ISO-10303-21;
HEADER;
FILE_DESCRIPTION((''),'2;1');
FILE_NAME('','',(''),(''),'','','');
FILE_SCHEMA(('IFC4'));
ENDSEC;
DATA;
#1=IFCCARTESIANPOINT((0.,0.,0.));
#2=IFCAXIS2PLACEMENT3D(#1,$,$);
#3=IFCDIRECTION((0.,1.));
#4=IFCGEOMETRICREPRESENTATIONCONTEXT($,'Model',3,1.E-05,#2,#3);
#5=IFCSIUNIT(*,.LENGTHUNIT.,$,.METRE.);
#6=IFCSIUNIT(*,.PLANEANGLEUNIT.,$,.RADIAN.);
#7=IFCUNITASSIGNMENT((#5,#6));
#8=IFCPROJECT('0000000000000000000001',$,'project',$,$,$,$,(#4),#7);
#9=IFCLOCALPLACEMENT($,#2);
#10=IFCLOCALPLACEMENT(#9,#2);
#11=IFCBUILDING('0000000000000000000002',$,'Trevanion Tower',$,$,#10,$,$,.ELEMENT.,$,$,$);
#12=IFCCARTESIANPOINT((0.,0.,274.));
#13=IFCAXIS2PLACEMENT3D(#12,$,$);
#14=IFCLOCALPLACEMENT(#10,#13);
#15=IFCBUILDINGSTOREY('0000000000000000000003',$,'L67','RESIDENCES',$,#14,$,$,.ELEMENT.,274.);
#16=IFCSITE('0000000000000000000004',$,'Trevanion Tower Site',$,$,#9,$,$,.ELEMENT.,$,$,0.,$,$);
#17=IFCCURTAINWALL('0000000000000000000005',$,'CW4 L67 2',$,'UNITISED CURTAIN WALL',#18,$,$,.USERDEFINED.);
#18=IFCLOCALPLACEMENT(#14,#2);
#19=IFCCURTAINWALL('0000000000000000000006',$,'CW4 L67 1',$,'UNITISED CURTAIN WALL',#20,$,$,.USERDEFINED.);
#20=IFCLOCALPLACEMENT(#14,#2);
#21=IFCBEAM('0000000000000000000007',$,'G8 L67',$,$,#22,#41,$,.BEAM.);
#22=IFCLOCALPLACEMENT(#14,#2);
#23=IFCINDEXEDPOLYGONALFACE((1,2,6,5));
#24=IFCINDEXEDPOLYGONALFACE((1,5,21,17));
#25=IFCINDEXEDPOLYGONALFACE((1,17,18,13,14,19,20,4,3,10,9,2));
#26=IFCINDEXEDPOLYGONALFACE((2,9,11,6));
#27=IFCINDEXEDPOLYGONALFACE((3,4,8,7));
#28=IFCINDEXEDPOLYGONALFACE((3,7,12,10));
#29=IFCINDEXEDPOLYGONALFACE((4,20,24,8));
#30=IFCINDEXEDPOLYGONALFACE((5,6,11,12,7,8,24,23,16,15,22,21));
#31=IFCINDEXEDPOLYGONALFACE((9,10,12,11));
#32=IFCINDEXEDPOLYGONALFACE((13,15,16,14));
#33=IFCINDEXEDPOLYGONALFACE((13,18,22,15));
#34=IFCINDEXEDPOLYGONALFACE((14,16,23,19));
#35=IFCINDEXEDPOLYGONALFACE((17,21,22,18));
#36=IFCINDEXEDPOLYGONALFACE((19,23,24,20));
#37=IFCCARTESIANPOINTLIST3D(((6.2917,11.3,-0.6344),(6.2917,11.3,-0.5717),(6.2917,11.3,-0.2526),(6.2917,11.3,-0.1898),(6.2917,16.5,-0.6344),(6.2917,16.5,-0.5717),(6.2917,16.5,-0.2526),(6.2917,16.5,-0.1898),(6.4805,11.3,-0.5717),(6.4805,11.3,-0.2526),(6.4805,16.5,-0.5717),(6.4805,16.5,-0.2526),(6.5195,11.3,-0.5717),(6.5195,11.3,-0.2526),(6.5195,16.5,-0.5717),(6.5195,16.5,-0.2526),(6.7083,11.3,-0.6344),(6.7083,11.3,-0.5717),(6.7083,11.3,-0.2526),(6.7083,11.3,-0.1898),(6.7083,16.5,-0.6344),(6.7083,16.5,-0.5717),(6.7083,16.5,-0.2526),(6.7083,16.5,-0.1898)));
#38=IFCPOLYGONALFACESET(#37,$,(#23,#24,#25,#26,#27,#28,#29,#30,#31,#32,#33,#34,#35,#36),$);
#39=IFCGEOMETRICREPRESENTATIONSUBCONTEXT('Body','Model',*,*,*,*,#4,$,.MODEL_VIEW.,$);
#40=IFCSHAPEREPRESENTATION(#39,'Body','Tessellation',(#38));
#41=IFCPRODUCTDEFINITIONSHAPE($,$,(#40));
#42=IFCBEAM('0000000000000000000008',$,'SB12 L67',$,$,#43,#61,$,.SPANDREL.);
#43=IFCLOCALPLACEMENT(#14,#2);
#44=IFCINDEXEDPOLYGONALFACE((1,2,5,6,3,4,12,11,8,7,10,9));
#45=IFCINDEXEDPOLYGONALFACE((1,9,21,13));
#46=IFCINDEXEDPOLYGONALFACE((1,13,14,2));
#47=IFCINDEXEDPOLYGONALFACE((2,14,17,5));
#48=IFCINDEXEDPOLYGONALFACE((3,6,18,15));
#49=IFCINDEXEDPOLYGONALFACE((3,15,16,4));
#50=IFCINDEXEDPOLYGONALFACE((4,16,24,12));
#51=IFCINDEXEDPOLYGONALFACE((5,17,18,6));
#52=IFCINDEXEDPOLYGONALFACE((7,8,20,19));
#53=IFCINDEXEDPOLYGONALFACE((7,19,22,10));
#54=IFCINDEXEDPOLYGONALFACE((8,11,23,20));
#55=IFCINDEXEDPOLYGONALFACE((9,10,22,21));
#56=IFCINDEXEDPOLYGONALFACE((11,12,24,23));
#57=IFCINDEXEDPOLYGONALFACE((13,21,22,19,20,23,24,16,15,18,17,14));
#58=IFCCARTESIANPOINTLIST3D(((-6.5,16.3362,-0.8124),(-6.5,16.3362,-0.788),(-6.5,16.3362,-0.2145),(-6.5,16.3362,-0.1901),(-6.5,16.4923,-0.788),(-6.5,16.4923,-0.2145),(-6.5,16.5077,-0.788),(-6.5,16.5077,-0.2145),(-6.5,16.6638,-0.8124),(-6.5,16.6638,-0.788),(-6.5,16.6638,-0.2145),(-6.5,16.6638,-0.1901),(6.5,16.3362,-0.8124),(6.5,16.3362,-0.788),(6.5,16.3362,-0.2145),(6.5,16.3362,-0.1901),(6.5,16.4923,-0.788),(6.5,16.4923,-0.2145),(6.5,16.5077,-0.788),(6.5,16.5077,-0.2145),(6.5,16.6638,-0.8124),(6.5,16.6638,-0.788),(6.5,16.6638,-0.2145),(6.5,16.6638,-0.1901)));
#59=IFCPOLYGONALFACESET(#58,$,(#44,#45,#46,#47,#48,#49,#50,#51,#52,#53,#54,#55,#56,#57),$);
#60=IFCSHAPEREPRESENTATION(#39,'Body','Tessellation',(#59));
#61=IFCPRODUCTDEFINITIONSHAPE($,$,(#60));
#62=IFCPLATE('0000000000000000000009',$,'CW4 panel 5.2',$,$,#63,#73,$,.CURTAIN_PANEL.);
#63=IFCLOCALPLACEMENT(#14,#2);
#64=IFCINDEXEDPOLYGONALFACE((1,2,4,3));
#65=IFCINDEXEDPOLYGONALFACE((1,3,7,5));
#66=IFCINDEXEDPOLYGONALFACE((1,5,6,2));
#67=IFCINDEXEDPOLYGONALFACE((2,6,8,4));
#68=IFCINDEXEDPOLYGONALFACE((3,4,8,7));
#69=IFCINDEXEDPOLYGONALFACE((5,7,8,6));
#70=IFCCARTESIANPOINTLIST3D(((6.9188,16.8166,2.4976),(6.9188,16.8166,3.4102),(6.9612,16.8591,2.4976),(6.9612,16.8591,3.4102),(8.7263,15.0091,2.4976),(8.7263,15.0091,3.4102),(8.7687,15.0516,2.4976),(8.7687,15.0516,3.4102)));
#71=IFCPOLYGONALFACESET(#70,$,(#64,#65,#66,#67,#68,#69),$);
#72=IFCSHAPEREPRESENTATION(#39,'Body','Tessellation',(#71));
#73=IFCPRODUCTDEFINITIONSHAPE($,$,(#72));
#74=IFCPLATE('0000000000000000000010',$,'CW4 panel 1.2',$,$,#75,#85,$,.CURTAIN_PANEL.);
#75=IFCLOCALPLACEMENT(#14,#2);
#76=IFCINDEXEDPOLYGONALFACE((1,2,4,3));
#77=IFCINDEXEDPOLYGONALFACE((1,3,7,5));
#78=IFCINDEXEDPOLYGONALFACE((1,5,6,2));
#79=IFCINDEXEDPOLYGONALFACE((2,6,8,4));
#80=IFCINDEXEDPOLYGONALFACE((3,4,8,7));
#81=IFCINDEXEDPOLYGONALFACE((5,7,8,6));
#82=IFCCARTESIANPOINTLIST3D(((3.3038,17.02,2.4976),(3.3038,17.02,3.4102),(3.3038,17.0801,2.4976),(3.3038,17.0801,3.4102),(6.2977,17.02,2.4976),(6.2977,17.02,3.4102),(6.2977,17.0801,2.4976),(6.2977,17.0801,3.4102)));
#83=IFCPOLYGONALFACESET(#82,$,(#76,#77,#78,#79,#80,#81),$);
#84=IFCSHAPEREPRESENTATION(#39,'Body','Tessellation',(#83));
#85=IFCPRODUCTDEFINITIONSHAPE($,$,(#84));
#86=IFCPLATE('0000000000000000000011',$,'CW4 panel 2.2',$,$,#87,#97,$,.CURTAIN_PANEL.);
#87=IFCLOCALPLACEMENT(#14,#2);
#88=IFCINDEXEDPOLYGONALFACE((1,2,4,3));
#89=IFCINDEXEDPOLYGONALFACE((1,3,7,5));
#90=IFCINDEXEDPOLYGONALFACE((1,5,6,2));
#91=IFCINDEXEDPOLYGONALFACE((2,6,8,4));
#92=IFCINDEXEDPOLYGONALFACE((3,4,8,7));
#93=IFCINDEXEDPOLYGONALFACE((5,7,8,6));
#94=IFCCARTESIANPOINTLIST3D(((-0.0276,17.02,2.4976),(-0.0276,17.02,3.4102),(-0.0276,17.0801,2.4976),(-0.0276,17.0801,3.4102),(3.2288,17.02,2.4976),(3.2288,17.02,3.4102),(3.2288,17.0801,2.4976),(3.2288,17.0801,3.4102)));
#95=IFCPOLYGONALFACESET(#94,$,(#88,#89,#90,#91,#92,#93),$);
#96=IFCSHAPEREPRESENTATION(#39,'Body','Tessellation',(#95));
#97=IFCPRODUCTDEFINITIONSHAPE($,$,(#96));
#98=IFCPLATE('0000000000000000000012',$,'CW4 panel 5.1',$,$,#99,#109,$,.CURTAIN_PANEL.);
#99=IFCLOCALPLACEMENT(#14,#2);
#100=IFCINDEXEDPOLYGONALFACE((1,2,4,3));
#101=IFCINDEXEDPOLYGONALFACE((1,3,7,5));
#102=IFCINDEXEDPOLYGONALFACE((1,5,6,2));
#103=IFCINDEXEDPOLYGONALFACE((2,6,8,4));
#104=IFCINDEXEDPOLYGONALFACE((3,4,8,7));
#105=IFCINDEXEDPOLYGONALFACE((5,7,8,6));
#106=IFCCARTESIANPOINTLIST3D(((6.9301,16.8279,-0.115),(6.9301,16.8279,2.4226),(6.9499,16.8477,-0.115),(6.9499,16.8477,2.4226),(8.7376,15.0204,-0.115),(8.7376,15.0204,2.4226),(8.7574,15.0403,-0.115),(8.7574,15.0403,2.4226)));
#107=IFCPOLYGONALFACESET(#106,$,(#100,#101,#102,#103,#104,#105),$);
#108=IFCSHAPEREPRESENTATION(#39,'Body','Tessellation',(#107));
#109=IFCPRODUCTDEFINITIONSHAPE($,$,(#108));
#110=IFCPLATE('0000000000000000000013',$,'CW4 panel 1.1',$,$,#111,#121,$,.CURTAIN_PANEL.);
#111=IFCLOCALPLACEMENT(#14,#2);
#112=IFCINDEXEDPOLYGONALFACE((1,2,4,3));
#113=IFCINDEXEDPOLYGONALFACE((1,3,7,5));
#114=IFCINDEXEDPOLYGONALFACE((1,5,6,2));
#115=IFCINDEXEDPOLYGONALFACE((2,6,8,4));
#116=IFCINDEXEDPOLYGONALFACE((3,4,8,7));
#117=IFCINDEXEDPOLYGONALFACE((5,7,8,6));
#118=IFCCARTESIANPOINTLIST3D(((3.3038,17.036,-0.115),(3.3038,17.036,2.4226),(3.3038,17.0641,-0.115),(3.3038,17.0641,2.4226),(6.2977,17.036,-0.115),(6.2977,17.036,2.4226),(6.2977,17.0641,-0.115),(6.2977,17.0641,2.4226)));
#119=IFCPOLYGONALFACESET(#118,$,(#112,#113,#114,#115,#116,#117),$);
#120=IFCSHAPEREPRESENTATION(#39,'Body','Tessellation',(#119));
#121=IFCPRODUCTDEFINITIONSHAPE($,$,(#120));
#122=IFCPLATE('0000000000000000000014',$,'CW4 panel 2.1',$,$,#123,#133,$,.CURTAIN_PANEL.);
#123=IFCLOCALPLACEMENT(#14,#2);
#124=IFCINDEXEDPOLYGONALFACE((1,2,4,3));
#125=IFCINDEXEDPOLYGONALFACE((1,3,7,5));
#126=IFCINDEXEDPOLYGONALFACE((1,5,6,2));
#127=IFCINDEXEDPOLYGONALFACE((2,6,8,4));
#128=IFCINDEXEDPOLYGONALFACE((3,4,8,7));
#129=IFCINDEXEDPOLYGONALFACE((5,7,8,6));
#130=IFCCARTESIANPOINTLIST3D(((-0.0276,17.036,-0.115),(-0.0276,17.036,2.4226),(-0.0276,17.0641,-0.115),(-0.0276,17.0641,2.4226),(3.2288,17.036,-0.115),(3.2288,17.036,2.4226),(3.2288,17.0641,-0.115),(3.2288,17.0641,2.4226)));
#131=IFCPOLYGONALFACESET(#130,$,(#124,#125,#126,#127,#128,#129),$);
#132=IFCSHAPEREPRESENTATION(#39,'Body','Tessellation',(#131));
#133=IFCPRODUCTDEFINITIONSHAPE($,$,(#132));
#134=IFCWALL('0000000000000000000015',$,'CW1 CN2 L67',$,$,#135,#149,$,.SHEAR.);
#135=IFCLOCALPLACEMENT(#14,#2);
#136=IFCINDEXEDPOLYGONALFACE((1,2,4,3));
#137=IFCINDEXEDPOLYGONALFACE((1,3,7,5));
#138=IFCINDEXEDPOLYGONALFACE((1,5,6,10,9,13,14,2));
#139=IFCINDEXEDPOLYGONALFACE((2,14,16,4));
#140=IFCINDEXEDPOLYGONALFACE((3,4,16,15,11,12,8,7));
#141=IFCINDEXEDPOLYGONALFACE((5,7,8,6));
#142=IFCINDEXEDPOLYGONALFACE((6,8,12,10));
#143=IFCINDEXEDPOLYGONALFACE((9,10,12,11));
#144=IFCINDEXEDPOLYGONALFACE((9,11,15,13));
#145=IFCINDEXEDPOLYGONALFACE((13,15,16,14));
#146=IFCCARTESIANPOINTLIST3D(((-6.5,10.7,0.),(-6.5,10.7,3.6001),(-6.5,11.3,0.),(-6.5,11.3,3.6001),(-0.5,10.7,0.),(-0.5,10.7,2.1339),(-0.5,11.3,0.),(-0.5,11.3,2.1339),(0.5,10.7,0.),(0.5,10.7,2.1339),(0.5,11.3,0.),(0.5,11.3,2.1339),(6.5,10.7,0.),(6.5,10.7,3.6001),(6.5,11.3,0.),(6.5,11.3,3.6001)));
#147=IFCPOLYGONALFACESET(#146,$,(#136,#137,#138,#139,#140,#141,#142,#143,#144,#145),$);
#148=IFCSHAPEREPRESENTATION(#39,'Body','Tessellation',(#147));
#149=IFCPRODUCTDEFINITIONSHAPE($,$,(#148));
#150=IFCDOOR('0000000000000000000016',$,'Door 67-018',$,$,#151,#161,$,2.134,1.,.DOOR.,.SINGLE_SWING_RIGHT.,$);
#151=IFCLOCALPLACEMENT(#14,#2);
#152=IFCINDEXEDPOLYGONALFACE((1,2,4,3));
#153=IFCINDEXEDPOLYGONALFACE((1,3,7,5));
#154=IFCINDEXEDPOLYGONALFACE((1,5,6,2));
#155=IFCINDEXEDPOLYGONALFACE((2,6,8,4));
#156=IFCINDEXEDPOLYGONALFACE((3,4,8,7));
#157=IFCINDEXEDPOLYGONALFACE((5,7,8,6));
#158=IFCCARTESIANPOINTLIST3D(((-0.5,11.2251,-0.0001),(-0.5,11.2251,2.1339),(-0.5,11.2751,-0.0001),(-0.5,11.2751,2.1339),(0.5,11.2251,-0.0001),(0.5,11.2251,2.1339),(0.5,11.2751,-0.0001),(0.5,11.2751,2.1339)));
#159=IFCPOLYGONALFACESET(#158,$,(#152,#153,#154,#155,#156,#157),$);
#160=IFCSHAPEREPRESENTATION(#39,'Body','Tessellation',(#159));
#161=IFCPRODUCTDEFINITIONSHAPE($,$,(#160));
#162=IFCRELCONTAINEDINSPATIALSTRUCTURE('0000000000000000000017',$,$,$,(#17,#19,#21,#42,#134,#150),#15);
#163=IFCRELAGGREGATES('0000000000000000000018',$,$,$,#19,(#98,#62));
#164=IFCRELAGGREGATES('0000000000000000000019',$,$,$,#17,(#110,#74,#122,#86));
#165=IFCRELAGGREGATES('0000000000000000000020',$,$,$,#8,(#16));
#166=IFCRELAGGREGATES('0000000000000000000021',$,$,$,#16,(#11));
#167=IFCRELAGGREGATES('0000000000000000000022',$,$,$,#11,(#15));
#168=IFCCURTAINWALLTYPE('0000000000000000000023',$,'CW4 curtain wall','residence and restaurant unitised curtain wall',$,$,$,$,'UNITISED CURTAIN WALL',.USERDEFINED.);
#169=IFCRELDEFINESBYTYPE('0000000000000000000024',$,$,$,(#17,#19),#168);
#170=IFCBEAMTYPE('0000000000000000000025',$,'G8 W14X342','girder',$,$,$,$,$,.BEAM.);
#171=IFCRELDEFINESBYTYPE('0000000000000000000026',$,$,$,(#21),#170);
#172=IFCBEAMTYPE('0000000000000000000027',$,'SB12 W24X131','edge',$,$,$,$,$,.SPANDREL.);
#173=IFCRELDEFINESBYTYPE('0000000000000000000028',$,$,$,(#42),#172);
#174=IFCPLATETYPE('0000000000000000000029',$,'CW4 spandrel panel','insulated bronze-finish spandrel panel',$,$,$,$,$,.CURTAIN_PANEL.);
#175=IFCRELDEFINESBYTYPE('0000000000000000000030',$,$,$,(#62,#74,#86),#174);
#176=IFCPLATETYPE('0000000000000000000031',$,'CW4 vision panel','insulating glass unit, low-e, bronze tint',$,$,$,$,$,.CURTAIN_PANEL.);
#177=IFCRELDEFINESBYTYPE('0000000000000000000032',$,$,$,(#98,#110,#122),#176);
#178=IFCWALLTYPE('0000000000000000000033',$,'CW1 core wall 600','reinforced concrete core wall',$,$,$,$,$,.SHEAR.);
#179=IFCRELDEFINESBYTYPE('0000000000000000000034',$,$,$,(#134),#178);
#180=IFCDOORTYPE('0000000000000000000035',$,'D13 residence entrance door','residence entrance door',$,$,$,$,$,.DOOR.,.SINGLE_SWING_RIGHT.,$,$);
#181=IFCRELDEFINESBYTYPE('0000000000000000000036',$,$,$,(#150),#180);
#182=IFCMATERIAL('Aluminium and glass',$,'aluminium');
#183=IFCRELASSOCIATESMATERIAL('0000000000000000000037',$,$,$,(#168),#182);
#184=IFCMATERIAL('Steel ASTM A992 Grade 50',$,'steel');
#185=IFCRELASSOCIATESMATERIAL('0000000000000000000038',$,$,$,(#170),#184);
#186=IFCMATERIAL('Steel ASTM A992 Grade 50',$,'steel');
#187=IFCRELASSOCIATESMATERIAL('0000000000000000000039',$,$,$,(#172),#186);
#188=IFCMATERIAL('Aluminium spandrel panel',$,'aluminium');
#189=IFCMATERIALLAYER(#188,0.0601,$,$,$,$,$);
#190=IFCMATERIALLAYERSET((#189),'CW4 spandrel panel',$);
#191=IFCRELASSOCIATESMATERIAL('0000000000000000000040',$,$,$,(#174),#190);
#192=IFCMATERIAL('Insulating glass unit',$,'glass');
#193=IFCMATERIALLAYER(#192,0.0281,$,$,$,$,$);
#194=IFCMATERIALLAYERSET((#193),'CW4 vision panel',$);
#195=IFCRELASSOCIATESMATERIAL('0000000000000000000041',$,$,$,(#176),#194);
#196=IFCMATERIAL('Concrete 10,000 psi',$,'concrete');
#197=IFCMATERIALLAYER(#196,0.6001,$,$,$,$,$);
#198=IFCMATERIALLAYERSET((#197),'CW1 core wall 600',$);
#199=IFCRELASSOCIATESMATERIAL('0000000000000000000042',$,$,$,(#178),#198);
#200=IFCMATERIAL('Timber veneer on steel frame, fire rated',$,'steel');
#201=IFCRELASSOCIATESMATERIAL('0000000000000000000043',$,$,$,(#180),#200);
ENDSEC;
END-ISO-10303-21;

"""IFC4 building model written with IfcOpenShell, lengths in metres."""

from ifc_helpers import new_model, si_unit, direction, frame, frame_2d, origin, origin_2d, place, context, subcontext, project, spatial, rectangle, i_section, extrude, material, layer, layer_set, material_profile, profile_set, type_object, element, fill, aggregate, save


model = new_model("IFC4")

# Units and contexts
model_context = context("Model", 3, precision=1e-05, world=origin(), true_north=direction((0.0, 1.0)))
body_context = subcontext(model_context, "Body", "Model", "MODEL_VIEW")
ifc_project = project(units=[si_unit("LENGTHUNIT", "METRE"), si_unit("PLANEANGLEUNIT", "RADIAN")], contexts=[model_context])

# Site, building, storey
site_placement = place(None, origin())
site = spatial("IfcSite", under=ifc_project, at=site_placement, Name="Trevanion Tower Site", CompositionType="ELEMENT", RefElevation=0.0)
building_placement = place(site_placement, origin())
building = spatial("IfcBuilding", under=site, at=building_placement, Name="Trevanion Tower", CompositionType="ELEMENT")
storey_placement = place(building_placement, frame((0.0, 0.0, 274.0)))
storey = spatial("IfcBuildingStorey", under=building, at=storey_placement, Name="L67", Description="RESIDENCES", CompositionType="ELEMENT", Elevation=274.0)

# Curtain walls
ifc_material_1 = material(Name="Aluminium and glass", Category="aluminium")
curtain_wall_type = type_object("IfcCurtainWallType", Name="CW4 curtain wall", Description="residence and restaurant unitised curtain wall", ElementType="UNITISED CURTAIN WALL", PredefinedType="USERDEFINED", material=ifc_material_1)
curtain_wall_1_placement = place(storey_placement, origin())
curtain_wall_1 = element("IfcCurtainWall", 1, at=curtain_wall_1_placement, inside=storey, type_object=curtain_wall_type, Name="CW4 L67 2", ObjectType="UNITISED CURTAIN WALL", PredefinedType="USERDEFINED")
curtain_wall_2_placement = place(storey_placement, origin())
curtain_wall_2 = element("IfcCurtainWall", 2, at=curtain_wall_2_placement, inside=storey, type_object=curtain_wall_type, Name="CW4 L67 1", ObjectType="UNITISED CURTAIN WALL", PredefinedType="USERDEFINED")

# Beams
ifc_material_2 = material(Name="Steel ASTM A992 Grade 50", Category="steel")
ifc_material_profile_1 = material_profile(ifc_material_2, i_section(OverallWidth=0.4165, OverallDepth=0.4446, WebThickness=0.0391, FlangeThickness=0.0627, at=origin_2d()), Name="W14X342")
ifc_profile_set_1 = profile_set([ifc_material_profile_1], Name="Steel ASTM A992 Grade 50")
beam_type_1 = type_object("IfcBeamType", Name="G8 W14X342", Description="girder", PredefinedType="BEAM", material=ifc_profile_set_1)
beam_1_placement = place(storey_placement, frame((6.5, 11.3, -0.4121), z_axis=(0.0, 1.0, 0.0), x_axis=(-1.0, 0.0, 0.0)))
element("IfcBeam", 3, at=beam_1_placement, inside=storey, type_object=beam_type_1, Name="G8 L67", PredefinedType="BEAM", context=body_context, shape_type="SweptSolid", body=[
    extrude(i_section(OverallWidth=0.4165, OverallDepth=0.4446, WebThickness=0.0391, FlangeThickness=0.0627, at=origin_2d()), origin(), (0.0, 0.0, 1.0), 5.2),
])
ifc_material_3 = material(Name="Steel ASTM A992 Grade 50", Category="steel")
ifc_material_profile_2 = material_profile(ifc_material_3, i_section(OverallWidth=0.3276, OverallDepth=0.6223, WebThickness=0.0154, FlangeThickness=0.0244, at=origin_2d()), Name="W24X131")
ifc_profile_set_2 = profile_set([ifc_material_profile_2], Name="Steel ASTM A992 Grade 50")
beam_type_2 = type_object("IfcBeamType", Name="SB12 W24X131", Description="edge", PredefinedType="SPANDREL", material=ifc_profile_set_2)
beam_2_placement = place(storey_placement, frame((6.5, 16.5, -0.5012), z_axis=(-1.0, 0.0, 0.0), x_axis=(0.0, -1.0, 0.0)))
element("IfcBeam", 4, at=beam_2_placement, inside=storey, type_object=beam_type_2, Name="SB12 L67", PredefinedType="SPANDREL", context=body_context, shape_type="SweptSolid", body=[
    extrude(i_section(OverallWidth=0.3276, OverallDepth=0.6223, WebThickness=0.0154, FlangeThickness=0.0244, at=origin_2d()), origin(), (0.0, 0.0, 1.0), 13.0),
])

# Plates
ifc_material_4 = material(Name="Aluminium spandrel panel", Category="aluminium")
ifc_layer_1 = layer(ifc_material_4, 0.0601)
ifc_layer_set_1 = layer_set([ifc_layer_1], Name="CW4 spandrel panel")
plate_type_1 = type_object("IfcPlateType", Name="CW4 spandrel panel", Description="insulated bronze-finish spandrel panel", PredefinedType="CURTAIN_PANEL", material=ifc_layer_set_1)
plate_1_placement = place(storey_placement, frame((7.8438, 15.9341, 2.4976), z_axis=(0.0, 0.0, 1.0), x_axis=(-0.707107, 0.707107, 0.0)))
plate_1 = element("IfcPlate", 5, at=plate_1_placement, type_object=plate_type_1, Name="CW4 panel 5.2", PredefinedType="CURTAIN_PANEL", context=body_context, shape_type="SweptSolid", body=[
    extrude(rectangle(XDim=2.5562, YDim=0.0601, at=origin_2d()), origin(), (0.0, 0.0, 1.0), 0.9126),
])
plate_2_placement = place(storey_placement, frame((4.8008, 17.05, 2.4976), z_axis=(0.0, 0.0, 1.0), x_axis=(-1.0, 0.0, 0.0)))
plate_2 = element("IfcPlate", 6, at=plate_2_placement, type_object=plate_type_1, Name="CW4 panel 1.2", PredefinedType="CURTAIN_PANEL", context=body_context, shape_type="SweptSolid", body=[
    extrude(rectangle(XDim=2.9939, YDim=0.0601, at=origin_2d()), origin(), (0.0, 0.0, 1.0), 0.9126),
])
plate_3_placement = place(storey_placement, frame((1.6006, 17.05, 2.4976), z_axis=(0.0, 0.0, 1.0), x_axis=(-1.0, 0.0, 0.0)))
plate_3 = element("IfcPlate", 7, at=plate_3_placement, type_object=plate_type_1, Name="CW4 panel 2.2", PredefinedType="CURTAIN_PANEL", context=body_context, shape_type="SweptSolid", body=[
    extrude(rectangle(XDim=3.2563, YDim=0.0601, at=origin_2d()), origin(), (0.0, 0.0, 1.0), 0.9126),
])
ifc_material_5 = material(Name="Insulating glass unit", Category="glass")
ifc_layer_2 = layer(ifc_material_5, 0.0281)
ifc_layer_set_2 = layer_set([ifc_layer_2], Name="CW4 vision panel")
plate_type_2 = type_object("IfcPlateType", Name="CW4 vision panel", Description="insulating glass unit, low-e, bronze tint", PredefinedType="CURTAIN_PANEL", material=ifc_layer_set_2)
plate_4_placement = place(storey_placement, frame((7.8438, 15.9341, -0.115), z_axis=(0.0, 0.0, 1.0), x_axis=(-0.707107, 0.707107, 0.0)))
plate_4 = element("IfcPlate", 8, at=plate_4_placement, type_object=plate_type_2, Name="CW4 panel 5.1", PredefinedType="CURTAIN_PANEL", context=body_context, shape_type="SweptSolid", body=[
    extrude(rectangle(XDim=2.5562, YDim=0.0281, at=origin_2d()), origin(), (0.0, 0.0, 1.0), 2.5376),
])
aggregate(curtain_wall_2, [plate_4, plate_1])
plate_5_placement = place(storey_placement, frame((4.8008, 17.05, -0.115), z_axis=(0.0, 0.0, 1.0), x_axis=(-1.0, 0.0, 0.0)))
plate_5 = element("IfcPlate", 9, at=plate_5_placement, type_object=plate_type_2, Name="CW4 panel 1.1", PredefinedType="CURTAIN_PANEL", context=body_context, shape_type="SweptSolid", body=[
    extrude(rectangle(XDim=2.9939, YDim=0.0281, at=origin_2d()), origin(), (0.0, 0.0, 1.0), 2.5376),
])
plate_6_placement = place(storey_placement, frame((1.6006, 17.05, -0.115), z_axis=(0.0, 0.0, 1.0), x_axis=(-1.0, 0.0, 0.0)))
plate_6 = element("IfcPlate", 10, at=plate_6_placement, type_object=plate_type_2, Name="CW4 panel 2.1", PredefinedType="CURTAIN_PANEL", context=body_context, shape_type="SweptSolid", body=[
    extrude(rectangle(XDim=3.2563, YDim=0.0281, at=origin_2d()), origin(), (0.0, 0.0, 1.0), 2.5376),
])
aggregate(curtain_wall_1, [plate_5, plate_2, plate_6, plate_3])

# Wall, opening, door
ifc_material_6 = material(Name="Concrete 10,000 psi", Category="concrete")
ifc_layer_3 = layer(ifc_material_6, 0.6001)
ifc_layer_set_3 = layer_set([ifc_layer_3], Name="CW1 core wall 600")
wall_type_1 = type_object("IfcWallType", Name="CW1 core wall 600", Description="reinforced concrete core wall", PredefinedType="SHEAR", material=ifc_layer_set_3)
wall_1_placement = place(storey_placement, frame((6.5, 11.0, 0.0), z_axis=(0.0, 0.0, 1.0), x_axis=(-1.0, 0.0, 0.0)))
wall_1 = element("IfcWall", 11, at=wall_1_placement, inside=storey, type_object=wall_type_1, Name="CW1 CN2 L67", PredefinedType="SHEAR", context=body_context, shape_type="SweptSolid", body=[
    extrude(rectangle(XDim=13.0, YDim=0.6001, at=frame_2d((6.5, 0.0))), origin(), (0.0, 0.0, 1.0), 3.6001),
])
opening_1_placement = place(wall_1_placement, frame((6.0, 0.0, 0.0)))
opening_1 = element("IfcOpeningElement", 12, at=opening_1_placement, cuts=wall_1, PredefinedType="OPENING", context=body_context, shape_type="SweptSolid", body=[
    extrude(rectangle(XDim=1.0, YDim=2.134, at=frame_2d((0.5, 1.0669))), frame((0.0, 0.3101, 0.0), z_axis=(0.0, -1.0, 0.0), x_axis=(1.0, 0.0, 0.0)), (0.0, 0.0, 1.0), 0.6201),
])
ifc_material_7 = material(Name="Timber veneer on steel frame, fire rated", Category="steel")
door_type_1 = type_object("IfcDoorType", Name="D13 residence entrance door", Description="residence entrance door", OperationType="SINGLE_SWING_RIGHT", PredefinedType="DOOR", material=ifc_material_7)
door_1_placement = place(opening_1_placement, origin())
door_1 = element("IfcDoor", 13, at=door_1_placement, inside=storey, type_object=door_type_1, Name="Door 67-018", OperationType="SINGLE_SWING_RIGHT", OverallHeight=2.134, OverallWidth=1.0, PredefinedType="DOOR", context=body_context, shape_type="SweptSolid", body=[
    extrude(rectangle(XDim=1.0, YDim=2.134, at=frame_2d((0.5, 1.0669))), frame((0.0, -0.2251, 0.0), z_axis=(0.0, -1.0, 0.0), x_axis=(1.0, 0.0, 0.0)), (0.0, 0.0, 1.0), 0.05),
])
fill(opening_1, door_1)

save(model, "model.ifc")
